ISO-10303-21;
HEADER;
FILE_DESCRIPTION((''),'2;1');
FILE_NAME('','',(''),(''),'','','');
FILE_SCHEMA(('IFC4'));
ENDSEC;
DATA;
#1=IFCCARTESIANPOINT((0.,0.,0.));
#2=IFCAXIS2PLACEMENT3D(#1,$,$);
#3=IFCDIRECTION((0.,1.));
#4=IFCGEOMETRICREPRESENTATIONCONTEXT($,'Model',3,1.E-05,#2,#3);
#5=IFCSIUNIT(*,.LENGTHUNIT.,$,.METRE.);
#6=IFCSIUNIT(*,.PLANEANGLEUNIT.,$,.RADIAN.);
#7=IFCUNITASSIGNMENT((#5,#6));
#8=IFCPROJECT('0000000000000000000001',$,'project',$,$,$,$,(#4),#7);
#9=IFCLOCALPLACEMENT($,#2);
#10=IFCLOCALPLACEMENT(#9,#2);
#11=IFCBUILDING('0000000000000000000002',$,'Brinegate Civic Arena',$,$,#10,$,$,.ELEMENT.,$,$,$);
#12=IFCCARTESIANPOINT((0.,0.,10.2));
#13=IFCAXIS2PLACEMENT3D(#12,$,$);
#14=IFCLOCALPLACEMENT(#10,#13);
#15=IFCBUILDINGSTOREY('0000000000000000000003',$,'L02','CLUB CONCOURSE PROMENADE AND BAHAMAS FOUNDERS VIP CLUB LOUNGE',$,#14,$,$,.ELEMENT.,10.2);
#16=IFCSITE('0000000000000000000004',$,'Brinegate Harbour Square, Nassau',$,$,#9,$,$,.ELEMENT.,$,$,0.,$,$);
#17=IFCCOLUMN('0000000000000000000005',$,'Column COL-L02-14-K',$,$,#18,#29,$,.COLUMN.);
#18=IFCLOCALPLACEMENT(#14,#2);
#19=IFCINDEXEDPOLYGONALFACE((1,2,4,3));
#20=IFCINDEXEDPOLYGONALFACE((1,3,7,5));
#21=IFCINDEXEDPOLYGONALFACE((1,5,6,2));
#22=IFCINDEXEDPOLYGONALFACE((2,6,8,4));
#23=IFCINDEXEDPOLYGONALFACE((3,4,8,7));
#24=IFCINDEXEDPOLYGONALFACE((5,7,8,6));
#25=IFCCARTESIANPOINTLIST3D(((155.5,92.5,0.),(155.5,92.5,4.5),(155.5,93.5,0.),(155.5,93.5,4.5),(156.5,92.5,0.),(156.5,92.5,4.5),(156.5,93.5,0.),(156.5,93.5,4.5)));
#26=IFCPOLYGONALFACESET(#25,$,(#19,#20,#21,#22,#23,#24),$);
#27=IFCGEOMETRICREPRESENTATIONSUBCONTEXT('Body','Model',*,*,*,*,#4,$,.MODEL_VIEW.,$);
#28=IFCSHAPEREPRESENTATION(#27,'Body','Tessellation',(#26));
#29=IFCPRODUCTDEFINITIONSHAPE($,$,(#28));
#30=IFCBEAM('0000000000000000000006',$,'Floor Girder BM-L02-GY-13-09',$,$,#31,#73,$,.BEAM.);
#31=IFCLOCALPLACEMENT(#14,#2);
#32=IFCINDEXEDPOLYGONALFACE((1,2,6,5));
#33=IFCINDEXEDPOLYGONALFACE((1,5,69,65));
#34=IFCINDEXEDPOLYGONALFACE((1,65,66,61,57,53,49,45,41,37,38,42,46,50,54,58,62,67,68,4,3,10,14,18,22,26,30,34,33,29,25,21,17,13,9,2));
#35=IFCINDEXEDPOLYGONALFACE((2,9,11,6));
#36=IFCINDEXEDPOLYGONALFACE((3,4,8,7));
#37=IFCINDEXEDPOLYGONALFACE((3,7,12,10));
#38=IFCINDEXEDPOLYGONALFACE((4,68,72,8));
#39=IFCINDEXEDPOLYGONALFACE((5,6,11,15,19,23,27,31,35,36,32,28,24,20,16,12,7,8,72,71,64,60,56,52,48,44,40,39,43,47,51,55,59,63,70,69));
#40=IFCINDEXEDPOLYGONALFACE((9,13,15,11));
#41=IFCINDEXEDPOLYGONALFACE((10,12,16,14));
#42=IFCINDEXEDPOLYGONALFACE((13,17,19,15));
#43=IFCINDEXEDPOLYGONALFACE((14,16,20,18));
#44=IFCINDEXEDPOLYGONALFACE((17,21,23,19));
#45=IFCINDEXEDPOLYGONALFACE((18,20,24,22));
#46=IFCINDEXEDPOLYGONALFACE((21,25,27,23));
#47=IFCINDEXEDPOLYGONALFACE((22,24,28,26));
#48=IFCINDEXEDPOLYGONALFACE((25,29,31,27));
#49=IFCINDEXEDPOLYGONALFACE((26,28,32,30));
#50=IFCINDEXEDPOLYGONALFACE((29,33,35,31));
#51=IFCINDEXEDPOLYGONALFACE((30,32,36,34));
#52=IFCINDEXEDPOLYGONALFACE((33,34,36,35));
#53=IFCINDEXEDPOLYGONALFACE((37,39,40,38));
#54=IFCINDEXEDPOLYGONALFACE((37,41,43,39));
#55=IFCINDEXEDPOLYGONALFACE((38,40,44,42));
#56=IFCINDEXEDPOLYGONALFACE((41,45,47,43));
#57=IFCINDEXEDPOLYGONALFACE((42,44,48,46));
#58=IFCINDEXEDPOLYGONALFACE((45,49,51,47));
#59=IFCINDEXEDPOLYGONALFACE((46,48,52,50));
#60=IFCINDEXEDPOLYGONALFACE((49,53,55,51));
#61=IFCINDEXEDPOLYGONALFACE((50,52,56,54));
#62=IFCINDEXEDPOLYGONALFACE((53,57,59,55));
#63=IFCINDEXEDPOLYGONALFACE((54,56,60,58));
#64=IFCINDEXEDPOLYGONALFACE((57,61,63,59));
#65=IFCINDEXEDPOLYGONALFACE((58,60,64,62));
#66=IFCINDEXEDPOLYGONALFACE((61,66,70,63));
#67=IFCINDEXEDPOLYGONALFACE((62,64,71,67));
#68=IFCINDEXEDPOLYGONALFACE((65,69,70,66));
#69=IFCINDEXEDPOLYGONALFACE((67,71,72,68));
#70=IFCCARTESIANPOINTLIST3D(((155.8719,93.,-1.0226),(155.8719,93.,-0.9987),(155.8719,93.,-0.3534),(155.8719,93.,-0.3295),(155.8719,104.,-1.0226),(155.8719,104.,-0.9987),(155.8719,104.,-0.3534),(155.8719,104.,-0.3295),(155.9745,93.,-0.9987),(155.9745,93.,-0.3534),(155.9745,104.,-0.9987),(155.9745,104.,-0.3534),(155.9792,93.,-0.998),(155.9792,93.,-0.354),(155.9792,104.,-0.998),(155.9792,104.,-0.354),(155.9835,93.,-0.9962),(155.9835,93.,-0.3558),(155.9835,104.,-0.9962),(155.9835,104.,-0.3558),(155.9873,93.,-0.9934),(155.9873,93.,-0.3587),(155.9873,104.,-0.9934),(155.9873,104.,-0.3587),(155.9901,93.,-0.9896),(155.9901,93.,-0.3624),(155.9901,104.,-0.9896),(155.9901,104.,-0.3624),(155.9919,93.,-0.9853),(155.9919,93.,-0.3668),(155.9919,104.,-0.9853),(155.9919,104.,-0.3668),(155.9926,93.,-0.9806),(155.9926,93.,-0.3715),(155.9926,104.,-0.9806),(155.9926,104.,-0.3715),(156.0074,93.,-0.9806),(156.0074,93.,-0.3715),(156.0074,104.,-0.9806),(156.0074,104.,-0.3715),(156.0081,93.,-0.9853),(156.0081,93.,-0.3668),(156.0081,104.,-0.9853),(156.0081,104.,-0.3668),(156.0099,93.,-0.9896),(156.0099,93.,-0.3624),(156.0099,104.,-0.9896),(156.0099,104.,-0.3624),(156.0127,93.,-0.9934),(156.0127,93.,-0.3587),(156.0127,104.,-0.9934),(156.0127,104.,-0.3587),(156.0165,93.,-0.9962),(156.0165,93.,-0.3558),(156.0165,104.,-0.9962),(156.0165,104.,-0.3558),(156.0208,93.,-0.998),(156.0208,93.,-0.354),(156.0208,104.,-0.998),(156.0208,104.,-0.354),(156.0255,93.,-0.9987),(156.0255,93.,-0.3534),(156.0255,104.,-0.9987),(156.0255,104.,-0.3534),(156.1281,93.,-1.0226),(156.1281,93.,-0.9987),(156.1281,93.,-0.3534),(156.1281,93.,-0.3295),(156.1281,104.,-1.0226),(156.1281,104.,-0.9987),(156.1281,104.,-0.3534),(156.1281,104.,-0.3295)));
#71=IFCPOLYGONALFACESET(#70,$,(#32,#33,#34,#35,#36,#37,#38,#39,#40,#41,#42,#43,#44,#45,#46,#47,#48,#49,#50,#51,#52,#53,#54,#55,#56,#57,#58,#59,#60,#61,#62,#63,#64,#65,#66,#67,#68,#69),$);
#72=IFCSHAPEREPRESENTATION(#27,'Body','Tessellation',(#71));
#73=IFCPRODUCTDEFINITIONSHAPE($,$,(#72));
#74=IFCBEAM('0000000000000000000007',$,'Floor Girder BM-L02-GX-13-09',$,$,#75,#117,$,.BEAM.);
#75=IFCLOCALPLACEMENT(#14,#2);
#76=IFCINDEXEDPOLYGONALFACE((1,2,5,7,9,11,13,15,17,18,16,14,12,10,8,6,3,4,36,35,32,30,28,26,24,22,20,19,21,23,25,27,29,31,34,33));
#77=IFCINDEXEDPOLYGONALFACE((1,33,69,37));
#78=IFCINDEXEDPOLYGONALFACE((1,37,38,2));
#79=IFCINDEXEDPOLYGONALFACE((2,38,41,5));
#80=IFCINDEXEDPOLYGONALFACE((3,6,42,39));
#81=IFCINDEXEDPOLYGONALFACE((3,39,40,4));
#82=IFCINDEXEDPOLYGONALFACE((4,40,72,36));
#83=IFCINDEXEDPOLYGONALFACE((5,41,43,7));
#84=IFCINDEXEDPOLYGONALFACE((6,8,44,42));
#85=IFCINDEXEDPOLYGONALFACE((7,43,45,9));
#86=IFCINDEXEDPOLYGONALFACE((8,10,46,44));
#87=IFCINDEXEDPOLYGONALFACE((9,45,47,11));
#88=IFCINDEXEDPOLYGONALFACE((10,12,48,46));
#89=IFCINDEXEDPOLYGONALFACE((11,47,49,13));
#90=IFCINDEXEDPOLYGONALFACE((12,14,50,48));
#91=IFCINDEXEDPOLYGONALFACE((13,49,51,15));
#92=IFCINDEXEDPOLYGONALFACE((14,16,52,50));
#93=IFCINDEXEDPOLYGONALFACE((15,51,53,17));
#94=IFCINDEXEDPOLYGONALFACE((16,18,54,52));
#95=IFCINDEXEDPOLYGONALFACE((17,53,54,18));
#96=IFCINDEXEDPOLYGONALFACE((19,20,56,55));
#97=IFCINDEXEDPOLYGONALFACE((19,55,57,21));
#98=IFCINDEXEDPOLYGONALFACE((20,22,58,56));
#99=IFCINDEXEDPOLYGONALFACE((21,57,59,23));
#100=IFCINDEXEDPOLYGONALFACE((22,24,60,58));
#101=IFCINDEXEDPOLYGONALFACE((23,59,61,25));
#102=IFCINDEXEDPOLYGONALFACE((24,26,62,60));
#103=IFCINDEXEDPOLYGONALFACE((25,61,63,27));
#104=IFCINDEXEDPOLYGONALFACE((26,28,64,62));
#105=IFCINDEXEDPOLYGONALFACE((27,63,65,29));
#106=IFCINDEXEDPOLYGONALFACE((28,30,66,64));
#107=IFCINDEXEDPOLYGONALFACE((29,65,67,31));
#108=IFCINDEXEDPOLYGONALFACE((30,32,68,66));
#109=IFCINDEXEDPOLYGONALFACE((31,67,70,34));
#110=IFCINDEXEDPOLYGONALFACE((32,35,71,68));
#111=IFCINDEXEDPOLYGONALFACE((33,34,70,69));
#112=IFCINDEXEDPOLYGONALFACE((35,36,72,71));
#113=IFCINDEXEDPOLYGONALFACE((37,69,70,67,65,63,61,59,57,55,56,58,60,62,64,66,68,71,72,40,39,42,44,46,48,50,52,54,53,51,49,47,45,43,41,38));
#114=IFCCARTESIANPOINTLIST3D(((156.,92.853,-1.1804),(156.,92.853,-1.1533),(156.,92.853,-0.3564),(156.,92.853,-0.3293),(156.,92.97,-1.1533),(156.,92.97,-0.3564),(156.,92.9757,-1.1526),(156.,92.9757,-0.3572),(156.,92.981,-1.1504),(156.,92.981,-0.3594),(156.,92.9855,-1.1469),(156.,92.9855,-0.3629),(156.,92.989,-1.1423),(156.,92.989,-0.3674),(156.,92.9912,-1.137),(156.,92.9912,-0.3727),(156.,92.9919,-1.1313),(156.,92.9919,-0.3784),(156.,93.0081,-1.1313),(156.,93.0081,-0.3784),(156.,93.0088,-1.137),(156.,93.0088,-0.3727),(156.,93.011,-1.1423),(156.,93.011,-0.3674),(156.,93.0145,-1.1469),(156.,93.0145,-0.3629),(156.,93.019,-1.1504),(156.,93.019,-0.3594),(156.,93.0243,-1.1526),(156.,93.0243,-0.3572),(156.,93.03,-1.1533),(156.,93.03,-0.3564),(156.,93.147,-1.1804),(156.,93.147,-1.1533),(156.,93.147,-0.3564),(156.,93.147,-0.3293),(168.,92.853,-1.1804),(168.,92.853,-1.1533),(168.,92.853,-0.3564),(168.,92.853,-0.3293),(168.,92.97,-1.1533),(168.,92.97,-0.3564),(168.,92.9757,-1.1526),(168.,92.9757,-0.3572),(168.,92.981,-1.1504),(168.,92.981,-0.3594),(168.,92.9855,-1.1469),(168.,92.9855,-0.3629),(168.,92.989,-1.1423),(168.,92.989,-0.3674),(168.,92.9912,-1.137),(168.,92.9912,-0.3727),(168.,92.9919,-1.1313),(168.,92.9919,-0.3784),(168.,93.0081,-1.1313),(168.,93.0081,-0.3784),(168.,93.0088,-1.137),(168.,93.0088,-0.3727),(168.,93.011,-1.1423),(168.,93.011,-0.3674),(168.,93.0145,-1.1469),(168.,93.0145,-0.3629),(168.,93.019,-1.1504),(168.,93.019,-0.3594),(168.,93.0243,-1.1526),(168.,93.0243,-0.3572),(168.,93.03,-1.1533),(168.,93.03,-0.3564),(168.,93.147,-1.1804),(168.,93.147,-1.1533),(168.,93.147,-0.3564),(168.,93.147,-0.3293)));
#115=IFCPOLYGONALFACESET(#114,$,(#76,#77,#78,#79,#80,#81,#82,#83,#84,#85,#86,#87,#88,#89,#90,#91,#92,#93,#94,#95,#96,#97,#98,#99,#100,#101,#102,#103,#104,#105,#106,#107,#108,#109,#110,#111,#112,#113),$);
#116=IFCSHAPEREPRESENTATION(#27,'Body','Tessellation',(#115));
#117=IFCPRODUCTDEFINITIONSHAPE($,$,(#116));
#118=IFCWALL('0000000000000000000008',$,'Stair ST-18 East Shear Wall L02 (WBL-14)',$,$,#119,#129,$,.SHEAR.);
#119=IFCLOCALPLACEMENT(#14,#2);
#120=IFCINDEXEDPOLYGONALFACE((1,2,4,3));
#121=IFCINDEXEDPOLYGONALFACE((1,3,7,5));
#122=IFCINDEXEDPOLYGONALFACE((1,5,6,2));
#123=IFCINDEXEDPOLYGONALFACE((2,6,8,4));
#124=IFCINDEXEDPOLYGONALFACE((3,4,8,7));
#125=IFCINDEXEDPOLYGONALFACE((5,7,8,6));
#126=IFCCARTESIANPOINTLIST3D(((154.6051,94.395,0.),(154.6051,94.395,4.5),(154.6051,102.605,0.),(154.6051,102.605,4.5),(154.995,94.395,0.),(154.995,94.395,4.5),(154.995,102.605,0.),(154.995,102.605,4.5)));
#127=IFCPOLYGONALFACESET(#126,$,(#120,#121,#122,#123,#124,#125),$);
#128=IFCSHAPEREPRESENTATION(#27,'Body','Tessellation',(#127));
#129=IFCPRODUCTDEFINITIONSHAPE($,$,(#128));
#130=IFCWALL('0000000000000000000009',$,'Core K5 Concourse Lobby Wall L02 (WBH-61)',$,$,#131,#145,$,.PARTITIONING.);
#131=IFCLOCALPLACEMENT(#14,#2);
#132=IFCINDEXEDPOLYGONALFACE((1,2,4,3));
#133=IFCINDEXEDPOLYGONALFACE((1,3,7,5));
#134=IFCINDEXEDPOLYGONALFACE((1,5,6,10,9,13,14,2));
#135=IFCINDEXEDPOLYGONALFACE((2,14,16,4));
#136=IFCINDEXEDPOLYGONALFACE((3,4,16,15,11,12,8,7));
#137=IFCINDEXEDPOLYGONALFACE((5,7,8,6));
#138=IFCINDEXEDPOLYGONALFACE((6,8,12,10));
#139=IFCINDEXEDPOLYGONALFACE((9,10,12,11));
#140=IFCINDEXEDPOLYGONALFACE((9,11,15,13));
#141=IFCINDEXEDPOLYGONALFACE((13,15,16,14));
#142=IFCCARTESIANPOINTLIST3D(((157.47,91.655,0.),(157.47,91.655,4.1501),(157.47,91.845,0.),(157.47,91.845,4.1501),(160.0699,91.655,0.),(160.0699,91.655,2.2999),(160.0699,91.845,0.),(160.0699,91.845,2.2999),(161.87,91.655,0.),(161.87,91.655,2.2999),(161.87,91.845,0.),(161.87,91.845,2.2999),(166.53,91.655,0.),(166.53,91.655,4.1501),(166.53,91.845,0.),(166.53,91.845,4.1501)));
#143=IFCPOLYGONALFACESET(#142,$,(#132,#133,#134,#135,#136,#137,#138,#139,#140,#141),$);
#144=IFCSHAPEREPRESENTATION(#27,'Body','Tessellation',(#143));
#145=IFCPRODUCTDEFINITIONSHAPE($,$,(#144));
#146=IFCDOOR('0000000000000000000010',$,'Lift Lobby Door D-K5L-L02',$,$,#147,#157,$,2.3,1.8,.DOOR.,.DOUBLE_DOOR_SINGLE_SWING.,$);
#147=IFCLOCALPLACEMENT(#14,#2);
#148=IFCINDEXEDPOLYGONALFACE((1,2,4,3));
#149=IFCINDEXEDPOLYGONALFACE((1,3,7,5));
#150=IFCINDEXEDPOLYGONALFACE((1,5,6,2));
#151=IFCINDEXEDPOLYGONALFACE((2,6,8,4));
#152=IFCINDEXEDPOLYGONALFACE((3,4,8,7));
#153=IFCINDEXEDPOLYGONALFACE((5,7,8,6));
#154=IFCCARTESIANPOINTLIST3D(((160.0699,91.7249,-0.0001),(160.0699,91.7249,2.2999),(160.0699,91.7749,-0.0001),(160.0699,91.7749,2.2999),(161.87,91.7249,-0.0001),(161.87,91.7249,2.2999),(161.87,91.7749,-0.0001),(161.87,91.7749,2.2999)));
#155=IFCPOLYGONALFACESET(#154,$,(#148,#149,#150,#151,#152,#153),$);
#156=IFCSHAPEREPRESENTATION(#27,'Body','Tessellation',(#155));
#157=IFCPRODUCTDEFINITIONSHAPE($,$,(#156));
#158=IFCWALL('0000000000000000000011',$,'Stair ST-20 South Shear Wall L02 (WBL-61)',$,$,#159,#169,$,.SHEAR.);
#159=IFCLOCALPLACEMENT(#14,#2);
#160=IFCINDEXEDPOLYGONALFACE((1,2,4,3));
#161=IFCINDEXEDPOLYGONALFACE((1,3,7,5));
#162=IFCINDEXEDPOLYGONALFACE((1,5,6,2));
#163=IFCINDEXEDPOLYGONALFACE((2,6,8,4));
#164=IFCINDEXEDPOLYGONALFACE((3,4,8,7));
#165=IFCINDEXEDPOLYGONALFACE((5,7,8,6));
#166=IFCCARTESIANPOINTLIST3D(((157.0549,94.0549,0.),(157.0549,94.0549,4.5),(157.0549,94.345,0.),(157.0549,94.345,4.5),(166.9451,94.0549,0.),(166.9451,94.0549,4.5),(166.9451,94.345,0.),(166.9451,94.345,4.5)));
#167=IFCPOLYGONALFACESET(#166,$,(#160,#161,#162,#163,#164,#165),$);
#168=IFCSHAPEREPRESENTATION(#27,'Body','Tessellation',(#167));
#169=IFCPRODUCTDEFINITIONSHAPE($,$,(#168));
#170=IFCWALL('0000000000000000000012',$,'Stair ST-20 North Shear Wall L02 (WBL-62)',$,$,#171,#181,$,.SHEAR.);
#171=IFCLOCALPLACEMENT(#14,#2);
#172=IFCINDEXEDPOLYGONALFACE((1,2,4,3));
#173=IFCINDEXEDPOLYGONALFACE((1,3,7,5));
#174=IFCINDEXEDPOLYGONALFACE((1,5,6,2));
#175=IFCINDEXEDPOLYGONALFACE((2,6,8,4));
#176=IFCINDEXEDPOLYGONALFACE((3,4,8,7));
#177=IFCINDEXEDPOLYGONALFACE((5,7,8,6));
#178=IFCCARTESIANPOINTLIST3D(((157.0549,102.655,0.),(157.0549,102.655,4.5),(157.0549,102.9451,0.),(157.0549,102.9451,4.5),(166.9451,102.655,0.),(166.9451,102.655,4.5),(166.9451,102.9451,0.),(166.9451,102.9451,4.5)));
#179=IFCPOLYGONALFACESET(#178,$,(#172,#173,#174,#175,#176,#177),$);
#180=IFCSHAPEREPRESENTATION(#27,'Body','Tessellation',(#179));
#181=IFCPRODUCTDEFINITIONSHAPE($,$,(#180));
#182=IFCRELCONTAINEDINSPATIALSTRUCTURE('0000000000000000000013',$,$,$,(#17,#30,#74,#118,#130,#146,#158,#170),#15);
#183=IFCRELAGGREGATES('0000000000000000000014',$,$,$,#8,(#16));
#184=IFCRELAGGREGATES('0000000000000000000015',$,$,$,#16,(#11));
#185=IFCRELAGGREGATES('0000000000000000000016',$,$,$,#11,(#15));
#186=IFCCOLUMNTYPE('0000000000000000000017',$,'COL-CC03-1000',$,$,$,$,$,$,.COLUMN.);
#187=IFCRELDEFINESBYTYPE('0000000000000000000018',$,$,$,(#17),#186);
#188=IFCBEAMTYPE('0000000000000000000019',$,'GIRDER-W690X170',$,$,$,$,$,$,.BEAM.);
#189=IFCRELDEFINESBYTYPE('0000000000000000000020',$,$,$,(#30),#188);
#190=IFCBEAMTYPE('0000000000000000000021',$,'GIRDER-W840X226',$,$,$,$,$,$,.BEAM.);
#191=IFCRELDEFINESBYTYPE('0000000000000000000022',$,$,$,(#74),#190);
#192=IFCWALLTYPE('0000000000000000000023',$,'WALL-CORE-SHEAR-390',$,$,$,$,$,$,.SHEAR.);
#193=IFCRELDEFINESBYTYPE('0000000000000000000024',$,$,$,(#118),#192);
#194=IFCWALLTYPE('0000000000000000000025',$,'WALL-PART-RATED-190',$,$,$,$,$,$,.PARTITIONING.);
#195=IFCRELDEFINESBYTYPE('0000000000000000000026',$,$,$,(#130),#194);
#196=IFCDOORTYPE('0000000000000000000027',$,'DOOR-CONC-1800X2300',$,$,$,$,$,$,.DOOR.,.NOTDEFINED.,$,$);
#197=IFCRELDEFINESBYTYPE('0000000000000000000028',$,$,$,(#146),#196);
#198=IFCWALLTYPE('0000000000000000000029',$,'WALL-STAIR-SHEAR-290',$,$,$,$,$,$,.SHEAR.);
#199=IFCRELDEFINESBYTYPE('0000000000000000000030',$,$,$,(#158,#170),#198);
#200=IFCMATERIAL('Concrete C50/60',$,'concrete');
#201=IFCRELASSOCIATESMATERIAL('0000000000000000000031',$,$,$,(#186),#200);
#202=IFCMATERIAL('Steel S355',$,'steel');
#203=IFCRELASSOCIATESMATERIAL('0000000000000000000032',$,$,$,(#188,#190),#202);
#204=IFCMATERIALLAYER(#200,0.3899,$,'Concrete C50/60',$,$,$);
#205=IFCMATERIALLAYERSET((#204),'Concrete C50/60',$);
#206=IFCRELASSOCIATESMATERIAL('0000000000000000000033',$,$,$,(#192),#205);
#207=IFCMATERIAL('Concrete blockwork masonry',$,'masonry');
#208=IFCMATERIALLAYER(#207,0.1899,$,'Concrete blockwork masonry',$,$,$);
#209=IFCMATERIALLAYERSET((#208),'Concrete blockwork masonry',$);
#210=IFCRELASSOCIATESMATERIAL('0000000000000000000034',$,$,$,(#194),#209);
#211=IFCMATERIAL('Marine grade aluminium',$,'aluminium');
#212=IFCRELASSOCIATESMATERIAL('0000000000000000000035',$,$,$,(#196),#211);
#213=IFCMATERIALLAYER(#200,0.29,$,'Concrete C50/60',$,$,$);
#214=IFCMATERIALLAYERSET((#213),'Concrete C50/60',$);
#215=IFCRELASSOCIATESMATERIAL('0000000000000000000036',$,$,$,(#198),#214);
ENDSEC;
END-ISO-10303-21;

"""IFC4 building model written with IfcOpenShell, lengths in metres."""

from ifc_helpers import new_model, si_unit, direction, frame, frame_2d, origin, origin_2d, place, context, subcontext, project, spatial, rectangle, i_section, extrude, material, layer, layer_set, material_profile, profile_set, type_object, element, fill, save


model = new_model("IFC4")

# Units and contexts
model_context = context("Model", 3, precision=1e-05, world=origin(), true_north=direction((0.0, 1.0)))
body_context = subcontext(model_context, "Body", "Model", "MODEL_VIEW")
ifc_project = project(units=[si_unit("LENGTHUNIT", "METRE"), si_unit("PLANEANGLEUNIT", "RADIAN")], contexts=[model_context])

# Site, building, storey
site_placement = place(None, origin())
site = spatial("IfcSite", under=ifc_project, at=site_placement, Name="Brinegate Harbour Square, Nassau", CompositionType="ELEMENT", RefElevation=0.0)
building_placement = place(site_placement, origin())
building = spatial("IfcBuilding", under=site, at=building_placement, Name="Brinegate Civic Arena", CompositionType="ELEMENT")
storey_placement = place(building_placement, frame((0.0, 0.0, 10.2)))
storey = spatial("IfcBuildingStorey", under=building, at=storey_placement, Name="L02", Description="CLUB CONCOURSE PROMENADE AND BAHAMAS FOUNDERS VIP CLUB LOUNGE", CompositionType="ELEMENT", Elevation=10.2)

# Column
ifc_material_1 = material(Name="Concrete C50/60", Category="concrete")
ifc_material_profile_1 = material_profile(ifc_material_1, rectangle(XDim=1.0, YDim=1.0, at=origin_2d()), Name="RC1000X1000")
ifc_profile_set_1 = profile_set([ifc_material_profile_1], Name="Concrete C50/60")
column_type = type_object("IfcColumnType", Name="COL-CC03-1000", PredefinedType="COLUMN", material=ifc_profile_set_1)
column_placement = place(storey_placement, frame((156.0, 93.0, 0.0), z_axis=(0.0, 0.0, 1.0), x_axis=(1.0, 0.0, 0.0)))
element("IfcColumn", 1, at=column_placement, inside=storey, type_object=column_type, Name="Column COL-L02-14-K", PredefinedType="COLUMN", context=body_context, shape_type="SweptSolid", body=[
    extrude(rectangle(XDim=1.0, YDim=1.0, at=origin_2d()), origin(), (0.0, 0.0, 1.0), 4.5),
])

# Beams
ifc_material_2 = material(Name="Steel S355", Category="steel")
ifc_material_profile_2 = material_profile(ifc_material_2, i_section(OverallWidth=0.2561, OverallDepth=0.6931, WebThickness=0.0149, FlangeThickness=0.0239, FilletRadius=0.0181, at=origin_2d()), Name="W690X170")
ifc_profile_set_2 = profile_set([ifc_material_profile_2], Name="Steel S355")
beam_type_1 = type_object("IfcBeamType", Name="GIRDER-W690X170", PredefinedType="BEAM", material=ifc_profile_set_2)
beam_1_placement = place(storey_placement, frame((156.0, 93.0, -0.676), z_axis=(0.0, 1.0, 0.0), x_axis=(-1.0, 0.0, 0.0)))
element("IfcBeam", 2, at=beam_1_placement, inside=storey, type_object=beam_type_1, Name="Floor Girder BM-L02-GY-13-09", PredefinedType="BEAM", context=body_context, shape_type="SweptSolid", body=[
    extrude(i_section(OverallWidth=0.2561, OverallDepth=0.6931, WebThickness=0.0149, FlangeThickness=0.0239, FilletRadius=0.0181, at=origin_2d()), origin(), (0.0, 0.0, 1.0), 11.0),
])
ifc_material_profile_3 = material_profile(ifc_material_2, i_section(OverallWidth=0.2939, OverallDepth=0.8511, WebThickness=0.0161, FlangeThickness=0.0271, FilletRadius=0.022, at=origin_2d()), Name="W840X226")
ifc_profile_set_3 = profile_set([ifc_material_profile_3], Name="Steel S355")
beam_type_2 = type_object("IfcBeamType", Name="GIRDER-W840X226", PredefinedType="BEAM", material=ifc_profile_set_3)
beam_2_placement = place(storey_placement, frame((156.0, 93.0, -0.7549), z_axis=(1.0, 0.0, 0.0), x_axis=(0.0, 1.0, 0.0)))
element("IfcBeam", 3, at=beam_2_placement, inside=storey, type_object=beam_type_2, Name="Floor Girder BM-L02-GX-13-09", PredefinedType="BEAM", context=body_context, shape_type="SweptSolid", body=[
    extrude(i_section(OverallWidth=0.2939, OverallDepth=0.8511, WebThickness=0.0161, FlangeThickness=0.0271, FilletRadius=0.022, at=origin_2d()), origin(), (0.0, 0.0, 1.0), 12.0),
])

# Wall
ifc_layer_1 = layer(ifc_material_1, 0.3899, Name="Concrete C50/60")
ifc_layer_set_1 = layer_set([ifc_layer_1], Name="Concrete C50/60")
wall_type_1 = type_object("IfcWallType", Name="WALL-CORE-SHEAR-390", PredefinedType="SHEAR", material=ifc_layer_set_1)
wall_1_placement = place(storey_placement, frame((154.8, 94.395, 0.0), z_axis=(0.0, 0.0, 1.0), x_axis=(0.0, 1.0, 0.0)))
element("IfcWall", 4, at=wall_1_placement, inside=storey, type_object=wall_type_1, Name="Stair ST-18 East Shear Wall L02 (WBL-14)", PredefinedType="SHEAR", context=body_context, shape_type="SweptSolid", body=[
    extrude(rectangle(XDim=8.21, YDim=0.3899, at=frame_2d((4.105, 0.0))), origin(), (0.0, 0.0, 1.0), 4.5),
])

# Wall, opening, door
ifc_material_3 = material(Name="Concrete blockwork masonry", Category="masonry")
ifc_layer_2 = layer(ifc_material_3, 0.1899, Name="Concrete blockwork masonry")
ifc_layer_set_2 = layer_set([ifc_layer_2], Name="Concrete blockwork masonry")
wall_type_2 = type_object("IfcWallType", Name="WALL-PART-RATED-190", PredefinedType="PARTITIONING", material=ifc_layer_set_2)
wall_2_placement = place(storey_placement, frame((157.47, 91.75, 0.0), z_axis=(0.0, 0.0, 1.0), x_axis=(1.0, 0.0, 0.0)))
wall_2 = element("IfcWall", 5, at=wall_2_placement, inside=storey, type_object=wall_type_2, Name="Core K5 Concourse Lobby Wall L02 (WBH-61)", PredefinedType="PARTITIONING", context=body_context, shape_type="SweptSolid", body=[
    extrude(rectangle(XDim=9.0601, YDim=0.1899, at=frame_2d((4.53, 0.0))), origin(), (0.0, 0.0, 1.0), 4.1501),
])
opening_1_placement = place(wall_2_placement, frame((2.6001, 0.0, 0.0)))
opening_1 = element("IfcOpeningElement", 6, at=opening_1_placement, cuts=wall_2, PredefinedType="OPENING", context=body_context, shape_type="SweptSolid", body=[
    extrude(rectangle(XDim=1.8, YDim=2.3, at=frame_2d((0.8999, 1.1499))), frame((0.0, 0.105, 0.0), z_axis=(0.0, -1.0, 0.0), x_axis=(1.0, 0.0, 0.0)), (0.0, 0.0, 1.0), 0.21),
])
ifc_material_4 = material(Name="Marine grade aluminium", Category="aluminium")
door_type_1 = type_object("IfcDoorType", Name="DOOR-CONC-1800X2300", OperationType="NOTDEFINED", PredefinedType="DOOR", material=ifc_material_4)
door_1_placement = place(opening_1_placement, origin())
door_1 = element("IfcDoor", 7, at=door_1_placement, inside=storey, type_object=door_type_1, Name="Lift Lobby Door D-K5L-L02", OperationType="DOUBLE_DOOR_SINGLE_SWING", OverallHeight=2.3, OverallWidth=1.8, PredefinedType="DOOR", context=body_context, shape_type="SweptSolid", body=[
    extrude(rectangle(XDim=1.8, YDim=2.3, at=frame_2d((0.8999, 1.1499))), frame((0.0, 0.0249, 0.0), z_axis=(0.0, -1.0, 0.0), x_axis=(1.0, 0.0, 0.0)), (0.0, 0.0, 1.0), 0.05),
])
fill(opening_1, door_1)

# Walls
ifc_layer_3 = layer(ifc_material_1, 0.29, Name="Concrete C50/60")
ifc_layer_set_3 = layer_set([ifc_layer_3], Name="Concrete C50/60")
wall_type_3 = type_object("IfcWallType", Name="WALL-STAIR-SHEAR-290", PredefinedType="SHEAR", material=ifc_layer_set_3)
for number, where, z_axis, x_axis, name in (
    (8, (157.0549, 94.2, 0.0), (0.0, 0.0, 1.0), (1.0, 0.0, 0.0), "Stair ST-20 South Shear Wall L02 (WBL-61)"),
    (9, (157.0549, 102.8, 0.0), (0.0, 0.0, 1.0), (1.0, 0.0, 0.0), "Stair ST-20 North Shear Wall L02 (WBL-62)"),
):
    element("IfcWall", number, at=place(storey_placement, frame(where, z_axis=z_axis, x_axis=x_axis)), inside=storey, type_object=wall_type_3, Name=name, PredefinedType="SHEAR", context=body_context, shape_type="SweptSolid", body=[
        extrude(rectangle(XDim=9.8901, YDim=0.29, at=frame_2d((4.9451, 0.0))), origin(), (0.0, 0.0, 1.0), 4.5),
    ])

save(model, "model.ifc")
